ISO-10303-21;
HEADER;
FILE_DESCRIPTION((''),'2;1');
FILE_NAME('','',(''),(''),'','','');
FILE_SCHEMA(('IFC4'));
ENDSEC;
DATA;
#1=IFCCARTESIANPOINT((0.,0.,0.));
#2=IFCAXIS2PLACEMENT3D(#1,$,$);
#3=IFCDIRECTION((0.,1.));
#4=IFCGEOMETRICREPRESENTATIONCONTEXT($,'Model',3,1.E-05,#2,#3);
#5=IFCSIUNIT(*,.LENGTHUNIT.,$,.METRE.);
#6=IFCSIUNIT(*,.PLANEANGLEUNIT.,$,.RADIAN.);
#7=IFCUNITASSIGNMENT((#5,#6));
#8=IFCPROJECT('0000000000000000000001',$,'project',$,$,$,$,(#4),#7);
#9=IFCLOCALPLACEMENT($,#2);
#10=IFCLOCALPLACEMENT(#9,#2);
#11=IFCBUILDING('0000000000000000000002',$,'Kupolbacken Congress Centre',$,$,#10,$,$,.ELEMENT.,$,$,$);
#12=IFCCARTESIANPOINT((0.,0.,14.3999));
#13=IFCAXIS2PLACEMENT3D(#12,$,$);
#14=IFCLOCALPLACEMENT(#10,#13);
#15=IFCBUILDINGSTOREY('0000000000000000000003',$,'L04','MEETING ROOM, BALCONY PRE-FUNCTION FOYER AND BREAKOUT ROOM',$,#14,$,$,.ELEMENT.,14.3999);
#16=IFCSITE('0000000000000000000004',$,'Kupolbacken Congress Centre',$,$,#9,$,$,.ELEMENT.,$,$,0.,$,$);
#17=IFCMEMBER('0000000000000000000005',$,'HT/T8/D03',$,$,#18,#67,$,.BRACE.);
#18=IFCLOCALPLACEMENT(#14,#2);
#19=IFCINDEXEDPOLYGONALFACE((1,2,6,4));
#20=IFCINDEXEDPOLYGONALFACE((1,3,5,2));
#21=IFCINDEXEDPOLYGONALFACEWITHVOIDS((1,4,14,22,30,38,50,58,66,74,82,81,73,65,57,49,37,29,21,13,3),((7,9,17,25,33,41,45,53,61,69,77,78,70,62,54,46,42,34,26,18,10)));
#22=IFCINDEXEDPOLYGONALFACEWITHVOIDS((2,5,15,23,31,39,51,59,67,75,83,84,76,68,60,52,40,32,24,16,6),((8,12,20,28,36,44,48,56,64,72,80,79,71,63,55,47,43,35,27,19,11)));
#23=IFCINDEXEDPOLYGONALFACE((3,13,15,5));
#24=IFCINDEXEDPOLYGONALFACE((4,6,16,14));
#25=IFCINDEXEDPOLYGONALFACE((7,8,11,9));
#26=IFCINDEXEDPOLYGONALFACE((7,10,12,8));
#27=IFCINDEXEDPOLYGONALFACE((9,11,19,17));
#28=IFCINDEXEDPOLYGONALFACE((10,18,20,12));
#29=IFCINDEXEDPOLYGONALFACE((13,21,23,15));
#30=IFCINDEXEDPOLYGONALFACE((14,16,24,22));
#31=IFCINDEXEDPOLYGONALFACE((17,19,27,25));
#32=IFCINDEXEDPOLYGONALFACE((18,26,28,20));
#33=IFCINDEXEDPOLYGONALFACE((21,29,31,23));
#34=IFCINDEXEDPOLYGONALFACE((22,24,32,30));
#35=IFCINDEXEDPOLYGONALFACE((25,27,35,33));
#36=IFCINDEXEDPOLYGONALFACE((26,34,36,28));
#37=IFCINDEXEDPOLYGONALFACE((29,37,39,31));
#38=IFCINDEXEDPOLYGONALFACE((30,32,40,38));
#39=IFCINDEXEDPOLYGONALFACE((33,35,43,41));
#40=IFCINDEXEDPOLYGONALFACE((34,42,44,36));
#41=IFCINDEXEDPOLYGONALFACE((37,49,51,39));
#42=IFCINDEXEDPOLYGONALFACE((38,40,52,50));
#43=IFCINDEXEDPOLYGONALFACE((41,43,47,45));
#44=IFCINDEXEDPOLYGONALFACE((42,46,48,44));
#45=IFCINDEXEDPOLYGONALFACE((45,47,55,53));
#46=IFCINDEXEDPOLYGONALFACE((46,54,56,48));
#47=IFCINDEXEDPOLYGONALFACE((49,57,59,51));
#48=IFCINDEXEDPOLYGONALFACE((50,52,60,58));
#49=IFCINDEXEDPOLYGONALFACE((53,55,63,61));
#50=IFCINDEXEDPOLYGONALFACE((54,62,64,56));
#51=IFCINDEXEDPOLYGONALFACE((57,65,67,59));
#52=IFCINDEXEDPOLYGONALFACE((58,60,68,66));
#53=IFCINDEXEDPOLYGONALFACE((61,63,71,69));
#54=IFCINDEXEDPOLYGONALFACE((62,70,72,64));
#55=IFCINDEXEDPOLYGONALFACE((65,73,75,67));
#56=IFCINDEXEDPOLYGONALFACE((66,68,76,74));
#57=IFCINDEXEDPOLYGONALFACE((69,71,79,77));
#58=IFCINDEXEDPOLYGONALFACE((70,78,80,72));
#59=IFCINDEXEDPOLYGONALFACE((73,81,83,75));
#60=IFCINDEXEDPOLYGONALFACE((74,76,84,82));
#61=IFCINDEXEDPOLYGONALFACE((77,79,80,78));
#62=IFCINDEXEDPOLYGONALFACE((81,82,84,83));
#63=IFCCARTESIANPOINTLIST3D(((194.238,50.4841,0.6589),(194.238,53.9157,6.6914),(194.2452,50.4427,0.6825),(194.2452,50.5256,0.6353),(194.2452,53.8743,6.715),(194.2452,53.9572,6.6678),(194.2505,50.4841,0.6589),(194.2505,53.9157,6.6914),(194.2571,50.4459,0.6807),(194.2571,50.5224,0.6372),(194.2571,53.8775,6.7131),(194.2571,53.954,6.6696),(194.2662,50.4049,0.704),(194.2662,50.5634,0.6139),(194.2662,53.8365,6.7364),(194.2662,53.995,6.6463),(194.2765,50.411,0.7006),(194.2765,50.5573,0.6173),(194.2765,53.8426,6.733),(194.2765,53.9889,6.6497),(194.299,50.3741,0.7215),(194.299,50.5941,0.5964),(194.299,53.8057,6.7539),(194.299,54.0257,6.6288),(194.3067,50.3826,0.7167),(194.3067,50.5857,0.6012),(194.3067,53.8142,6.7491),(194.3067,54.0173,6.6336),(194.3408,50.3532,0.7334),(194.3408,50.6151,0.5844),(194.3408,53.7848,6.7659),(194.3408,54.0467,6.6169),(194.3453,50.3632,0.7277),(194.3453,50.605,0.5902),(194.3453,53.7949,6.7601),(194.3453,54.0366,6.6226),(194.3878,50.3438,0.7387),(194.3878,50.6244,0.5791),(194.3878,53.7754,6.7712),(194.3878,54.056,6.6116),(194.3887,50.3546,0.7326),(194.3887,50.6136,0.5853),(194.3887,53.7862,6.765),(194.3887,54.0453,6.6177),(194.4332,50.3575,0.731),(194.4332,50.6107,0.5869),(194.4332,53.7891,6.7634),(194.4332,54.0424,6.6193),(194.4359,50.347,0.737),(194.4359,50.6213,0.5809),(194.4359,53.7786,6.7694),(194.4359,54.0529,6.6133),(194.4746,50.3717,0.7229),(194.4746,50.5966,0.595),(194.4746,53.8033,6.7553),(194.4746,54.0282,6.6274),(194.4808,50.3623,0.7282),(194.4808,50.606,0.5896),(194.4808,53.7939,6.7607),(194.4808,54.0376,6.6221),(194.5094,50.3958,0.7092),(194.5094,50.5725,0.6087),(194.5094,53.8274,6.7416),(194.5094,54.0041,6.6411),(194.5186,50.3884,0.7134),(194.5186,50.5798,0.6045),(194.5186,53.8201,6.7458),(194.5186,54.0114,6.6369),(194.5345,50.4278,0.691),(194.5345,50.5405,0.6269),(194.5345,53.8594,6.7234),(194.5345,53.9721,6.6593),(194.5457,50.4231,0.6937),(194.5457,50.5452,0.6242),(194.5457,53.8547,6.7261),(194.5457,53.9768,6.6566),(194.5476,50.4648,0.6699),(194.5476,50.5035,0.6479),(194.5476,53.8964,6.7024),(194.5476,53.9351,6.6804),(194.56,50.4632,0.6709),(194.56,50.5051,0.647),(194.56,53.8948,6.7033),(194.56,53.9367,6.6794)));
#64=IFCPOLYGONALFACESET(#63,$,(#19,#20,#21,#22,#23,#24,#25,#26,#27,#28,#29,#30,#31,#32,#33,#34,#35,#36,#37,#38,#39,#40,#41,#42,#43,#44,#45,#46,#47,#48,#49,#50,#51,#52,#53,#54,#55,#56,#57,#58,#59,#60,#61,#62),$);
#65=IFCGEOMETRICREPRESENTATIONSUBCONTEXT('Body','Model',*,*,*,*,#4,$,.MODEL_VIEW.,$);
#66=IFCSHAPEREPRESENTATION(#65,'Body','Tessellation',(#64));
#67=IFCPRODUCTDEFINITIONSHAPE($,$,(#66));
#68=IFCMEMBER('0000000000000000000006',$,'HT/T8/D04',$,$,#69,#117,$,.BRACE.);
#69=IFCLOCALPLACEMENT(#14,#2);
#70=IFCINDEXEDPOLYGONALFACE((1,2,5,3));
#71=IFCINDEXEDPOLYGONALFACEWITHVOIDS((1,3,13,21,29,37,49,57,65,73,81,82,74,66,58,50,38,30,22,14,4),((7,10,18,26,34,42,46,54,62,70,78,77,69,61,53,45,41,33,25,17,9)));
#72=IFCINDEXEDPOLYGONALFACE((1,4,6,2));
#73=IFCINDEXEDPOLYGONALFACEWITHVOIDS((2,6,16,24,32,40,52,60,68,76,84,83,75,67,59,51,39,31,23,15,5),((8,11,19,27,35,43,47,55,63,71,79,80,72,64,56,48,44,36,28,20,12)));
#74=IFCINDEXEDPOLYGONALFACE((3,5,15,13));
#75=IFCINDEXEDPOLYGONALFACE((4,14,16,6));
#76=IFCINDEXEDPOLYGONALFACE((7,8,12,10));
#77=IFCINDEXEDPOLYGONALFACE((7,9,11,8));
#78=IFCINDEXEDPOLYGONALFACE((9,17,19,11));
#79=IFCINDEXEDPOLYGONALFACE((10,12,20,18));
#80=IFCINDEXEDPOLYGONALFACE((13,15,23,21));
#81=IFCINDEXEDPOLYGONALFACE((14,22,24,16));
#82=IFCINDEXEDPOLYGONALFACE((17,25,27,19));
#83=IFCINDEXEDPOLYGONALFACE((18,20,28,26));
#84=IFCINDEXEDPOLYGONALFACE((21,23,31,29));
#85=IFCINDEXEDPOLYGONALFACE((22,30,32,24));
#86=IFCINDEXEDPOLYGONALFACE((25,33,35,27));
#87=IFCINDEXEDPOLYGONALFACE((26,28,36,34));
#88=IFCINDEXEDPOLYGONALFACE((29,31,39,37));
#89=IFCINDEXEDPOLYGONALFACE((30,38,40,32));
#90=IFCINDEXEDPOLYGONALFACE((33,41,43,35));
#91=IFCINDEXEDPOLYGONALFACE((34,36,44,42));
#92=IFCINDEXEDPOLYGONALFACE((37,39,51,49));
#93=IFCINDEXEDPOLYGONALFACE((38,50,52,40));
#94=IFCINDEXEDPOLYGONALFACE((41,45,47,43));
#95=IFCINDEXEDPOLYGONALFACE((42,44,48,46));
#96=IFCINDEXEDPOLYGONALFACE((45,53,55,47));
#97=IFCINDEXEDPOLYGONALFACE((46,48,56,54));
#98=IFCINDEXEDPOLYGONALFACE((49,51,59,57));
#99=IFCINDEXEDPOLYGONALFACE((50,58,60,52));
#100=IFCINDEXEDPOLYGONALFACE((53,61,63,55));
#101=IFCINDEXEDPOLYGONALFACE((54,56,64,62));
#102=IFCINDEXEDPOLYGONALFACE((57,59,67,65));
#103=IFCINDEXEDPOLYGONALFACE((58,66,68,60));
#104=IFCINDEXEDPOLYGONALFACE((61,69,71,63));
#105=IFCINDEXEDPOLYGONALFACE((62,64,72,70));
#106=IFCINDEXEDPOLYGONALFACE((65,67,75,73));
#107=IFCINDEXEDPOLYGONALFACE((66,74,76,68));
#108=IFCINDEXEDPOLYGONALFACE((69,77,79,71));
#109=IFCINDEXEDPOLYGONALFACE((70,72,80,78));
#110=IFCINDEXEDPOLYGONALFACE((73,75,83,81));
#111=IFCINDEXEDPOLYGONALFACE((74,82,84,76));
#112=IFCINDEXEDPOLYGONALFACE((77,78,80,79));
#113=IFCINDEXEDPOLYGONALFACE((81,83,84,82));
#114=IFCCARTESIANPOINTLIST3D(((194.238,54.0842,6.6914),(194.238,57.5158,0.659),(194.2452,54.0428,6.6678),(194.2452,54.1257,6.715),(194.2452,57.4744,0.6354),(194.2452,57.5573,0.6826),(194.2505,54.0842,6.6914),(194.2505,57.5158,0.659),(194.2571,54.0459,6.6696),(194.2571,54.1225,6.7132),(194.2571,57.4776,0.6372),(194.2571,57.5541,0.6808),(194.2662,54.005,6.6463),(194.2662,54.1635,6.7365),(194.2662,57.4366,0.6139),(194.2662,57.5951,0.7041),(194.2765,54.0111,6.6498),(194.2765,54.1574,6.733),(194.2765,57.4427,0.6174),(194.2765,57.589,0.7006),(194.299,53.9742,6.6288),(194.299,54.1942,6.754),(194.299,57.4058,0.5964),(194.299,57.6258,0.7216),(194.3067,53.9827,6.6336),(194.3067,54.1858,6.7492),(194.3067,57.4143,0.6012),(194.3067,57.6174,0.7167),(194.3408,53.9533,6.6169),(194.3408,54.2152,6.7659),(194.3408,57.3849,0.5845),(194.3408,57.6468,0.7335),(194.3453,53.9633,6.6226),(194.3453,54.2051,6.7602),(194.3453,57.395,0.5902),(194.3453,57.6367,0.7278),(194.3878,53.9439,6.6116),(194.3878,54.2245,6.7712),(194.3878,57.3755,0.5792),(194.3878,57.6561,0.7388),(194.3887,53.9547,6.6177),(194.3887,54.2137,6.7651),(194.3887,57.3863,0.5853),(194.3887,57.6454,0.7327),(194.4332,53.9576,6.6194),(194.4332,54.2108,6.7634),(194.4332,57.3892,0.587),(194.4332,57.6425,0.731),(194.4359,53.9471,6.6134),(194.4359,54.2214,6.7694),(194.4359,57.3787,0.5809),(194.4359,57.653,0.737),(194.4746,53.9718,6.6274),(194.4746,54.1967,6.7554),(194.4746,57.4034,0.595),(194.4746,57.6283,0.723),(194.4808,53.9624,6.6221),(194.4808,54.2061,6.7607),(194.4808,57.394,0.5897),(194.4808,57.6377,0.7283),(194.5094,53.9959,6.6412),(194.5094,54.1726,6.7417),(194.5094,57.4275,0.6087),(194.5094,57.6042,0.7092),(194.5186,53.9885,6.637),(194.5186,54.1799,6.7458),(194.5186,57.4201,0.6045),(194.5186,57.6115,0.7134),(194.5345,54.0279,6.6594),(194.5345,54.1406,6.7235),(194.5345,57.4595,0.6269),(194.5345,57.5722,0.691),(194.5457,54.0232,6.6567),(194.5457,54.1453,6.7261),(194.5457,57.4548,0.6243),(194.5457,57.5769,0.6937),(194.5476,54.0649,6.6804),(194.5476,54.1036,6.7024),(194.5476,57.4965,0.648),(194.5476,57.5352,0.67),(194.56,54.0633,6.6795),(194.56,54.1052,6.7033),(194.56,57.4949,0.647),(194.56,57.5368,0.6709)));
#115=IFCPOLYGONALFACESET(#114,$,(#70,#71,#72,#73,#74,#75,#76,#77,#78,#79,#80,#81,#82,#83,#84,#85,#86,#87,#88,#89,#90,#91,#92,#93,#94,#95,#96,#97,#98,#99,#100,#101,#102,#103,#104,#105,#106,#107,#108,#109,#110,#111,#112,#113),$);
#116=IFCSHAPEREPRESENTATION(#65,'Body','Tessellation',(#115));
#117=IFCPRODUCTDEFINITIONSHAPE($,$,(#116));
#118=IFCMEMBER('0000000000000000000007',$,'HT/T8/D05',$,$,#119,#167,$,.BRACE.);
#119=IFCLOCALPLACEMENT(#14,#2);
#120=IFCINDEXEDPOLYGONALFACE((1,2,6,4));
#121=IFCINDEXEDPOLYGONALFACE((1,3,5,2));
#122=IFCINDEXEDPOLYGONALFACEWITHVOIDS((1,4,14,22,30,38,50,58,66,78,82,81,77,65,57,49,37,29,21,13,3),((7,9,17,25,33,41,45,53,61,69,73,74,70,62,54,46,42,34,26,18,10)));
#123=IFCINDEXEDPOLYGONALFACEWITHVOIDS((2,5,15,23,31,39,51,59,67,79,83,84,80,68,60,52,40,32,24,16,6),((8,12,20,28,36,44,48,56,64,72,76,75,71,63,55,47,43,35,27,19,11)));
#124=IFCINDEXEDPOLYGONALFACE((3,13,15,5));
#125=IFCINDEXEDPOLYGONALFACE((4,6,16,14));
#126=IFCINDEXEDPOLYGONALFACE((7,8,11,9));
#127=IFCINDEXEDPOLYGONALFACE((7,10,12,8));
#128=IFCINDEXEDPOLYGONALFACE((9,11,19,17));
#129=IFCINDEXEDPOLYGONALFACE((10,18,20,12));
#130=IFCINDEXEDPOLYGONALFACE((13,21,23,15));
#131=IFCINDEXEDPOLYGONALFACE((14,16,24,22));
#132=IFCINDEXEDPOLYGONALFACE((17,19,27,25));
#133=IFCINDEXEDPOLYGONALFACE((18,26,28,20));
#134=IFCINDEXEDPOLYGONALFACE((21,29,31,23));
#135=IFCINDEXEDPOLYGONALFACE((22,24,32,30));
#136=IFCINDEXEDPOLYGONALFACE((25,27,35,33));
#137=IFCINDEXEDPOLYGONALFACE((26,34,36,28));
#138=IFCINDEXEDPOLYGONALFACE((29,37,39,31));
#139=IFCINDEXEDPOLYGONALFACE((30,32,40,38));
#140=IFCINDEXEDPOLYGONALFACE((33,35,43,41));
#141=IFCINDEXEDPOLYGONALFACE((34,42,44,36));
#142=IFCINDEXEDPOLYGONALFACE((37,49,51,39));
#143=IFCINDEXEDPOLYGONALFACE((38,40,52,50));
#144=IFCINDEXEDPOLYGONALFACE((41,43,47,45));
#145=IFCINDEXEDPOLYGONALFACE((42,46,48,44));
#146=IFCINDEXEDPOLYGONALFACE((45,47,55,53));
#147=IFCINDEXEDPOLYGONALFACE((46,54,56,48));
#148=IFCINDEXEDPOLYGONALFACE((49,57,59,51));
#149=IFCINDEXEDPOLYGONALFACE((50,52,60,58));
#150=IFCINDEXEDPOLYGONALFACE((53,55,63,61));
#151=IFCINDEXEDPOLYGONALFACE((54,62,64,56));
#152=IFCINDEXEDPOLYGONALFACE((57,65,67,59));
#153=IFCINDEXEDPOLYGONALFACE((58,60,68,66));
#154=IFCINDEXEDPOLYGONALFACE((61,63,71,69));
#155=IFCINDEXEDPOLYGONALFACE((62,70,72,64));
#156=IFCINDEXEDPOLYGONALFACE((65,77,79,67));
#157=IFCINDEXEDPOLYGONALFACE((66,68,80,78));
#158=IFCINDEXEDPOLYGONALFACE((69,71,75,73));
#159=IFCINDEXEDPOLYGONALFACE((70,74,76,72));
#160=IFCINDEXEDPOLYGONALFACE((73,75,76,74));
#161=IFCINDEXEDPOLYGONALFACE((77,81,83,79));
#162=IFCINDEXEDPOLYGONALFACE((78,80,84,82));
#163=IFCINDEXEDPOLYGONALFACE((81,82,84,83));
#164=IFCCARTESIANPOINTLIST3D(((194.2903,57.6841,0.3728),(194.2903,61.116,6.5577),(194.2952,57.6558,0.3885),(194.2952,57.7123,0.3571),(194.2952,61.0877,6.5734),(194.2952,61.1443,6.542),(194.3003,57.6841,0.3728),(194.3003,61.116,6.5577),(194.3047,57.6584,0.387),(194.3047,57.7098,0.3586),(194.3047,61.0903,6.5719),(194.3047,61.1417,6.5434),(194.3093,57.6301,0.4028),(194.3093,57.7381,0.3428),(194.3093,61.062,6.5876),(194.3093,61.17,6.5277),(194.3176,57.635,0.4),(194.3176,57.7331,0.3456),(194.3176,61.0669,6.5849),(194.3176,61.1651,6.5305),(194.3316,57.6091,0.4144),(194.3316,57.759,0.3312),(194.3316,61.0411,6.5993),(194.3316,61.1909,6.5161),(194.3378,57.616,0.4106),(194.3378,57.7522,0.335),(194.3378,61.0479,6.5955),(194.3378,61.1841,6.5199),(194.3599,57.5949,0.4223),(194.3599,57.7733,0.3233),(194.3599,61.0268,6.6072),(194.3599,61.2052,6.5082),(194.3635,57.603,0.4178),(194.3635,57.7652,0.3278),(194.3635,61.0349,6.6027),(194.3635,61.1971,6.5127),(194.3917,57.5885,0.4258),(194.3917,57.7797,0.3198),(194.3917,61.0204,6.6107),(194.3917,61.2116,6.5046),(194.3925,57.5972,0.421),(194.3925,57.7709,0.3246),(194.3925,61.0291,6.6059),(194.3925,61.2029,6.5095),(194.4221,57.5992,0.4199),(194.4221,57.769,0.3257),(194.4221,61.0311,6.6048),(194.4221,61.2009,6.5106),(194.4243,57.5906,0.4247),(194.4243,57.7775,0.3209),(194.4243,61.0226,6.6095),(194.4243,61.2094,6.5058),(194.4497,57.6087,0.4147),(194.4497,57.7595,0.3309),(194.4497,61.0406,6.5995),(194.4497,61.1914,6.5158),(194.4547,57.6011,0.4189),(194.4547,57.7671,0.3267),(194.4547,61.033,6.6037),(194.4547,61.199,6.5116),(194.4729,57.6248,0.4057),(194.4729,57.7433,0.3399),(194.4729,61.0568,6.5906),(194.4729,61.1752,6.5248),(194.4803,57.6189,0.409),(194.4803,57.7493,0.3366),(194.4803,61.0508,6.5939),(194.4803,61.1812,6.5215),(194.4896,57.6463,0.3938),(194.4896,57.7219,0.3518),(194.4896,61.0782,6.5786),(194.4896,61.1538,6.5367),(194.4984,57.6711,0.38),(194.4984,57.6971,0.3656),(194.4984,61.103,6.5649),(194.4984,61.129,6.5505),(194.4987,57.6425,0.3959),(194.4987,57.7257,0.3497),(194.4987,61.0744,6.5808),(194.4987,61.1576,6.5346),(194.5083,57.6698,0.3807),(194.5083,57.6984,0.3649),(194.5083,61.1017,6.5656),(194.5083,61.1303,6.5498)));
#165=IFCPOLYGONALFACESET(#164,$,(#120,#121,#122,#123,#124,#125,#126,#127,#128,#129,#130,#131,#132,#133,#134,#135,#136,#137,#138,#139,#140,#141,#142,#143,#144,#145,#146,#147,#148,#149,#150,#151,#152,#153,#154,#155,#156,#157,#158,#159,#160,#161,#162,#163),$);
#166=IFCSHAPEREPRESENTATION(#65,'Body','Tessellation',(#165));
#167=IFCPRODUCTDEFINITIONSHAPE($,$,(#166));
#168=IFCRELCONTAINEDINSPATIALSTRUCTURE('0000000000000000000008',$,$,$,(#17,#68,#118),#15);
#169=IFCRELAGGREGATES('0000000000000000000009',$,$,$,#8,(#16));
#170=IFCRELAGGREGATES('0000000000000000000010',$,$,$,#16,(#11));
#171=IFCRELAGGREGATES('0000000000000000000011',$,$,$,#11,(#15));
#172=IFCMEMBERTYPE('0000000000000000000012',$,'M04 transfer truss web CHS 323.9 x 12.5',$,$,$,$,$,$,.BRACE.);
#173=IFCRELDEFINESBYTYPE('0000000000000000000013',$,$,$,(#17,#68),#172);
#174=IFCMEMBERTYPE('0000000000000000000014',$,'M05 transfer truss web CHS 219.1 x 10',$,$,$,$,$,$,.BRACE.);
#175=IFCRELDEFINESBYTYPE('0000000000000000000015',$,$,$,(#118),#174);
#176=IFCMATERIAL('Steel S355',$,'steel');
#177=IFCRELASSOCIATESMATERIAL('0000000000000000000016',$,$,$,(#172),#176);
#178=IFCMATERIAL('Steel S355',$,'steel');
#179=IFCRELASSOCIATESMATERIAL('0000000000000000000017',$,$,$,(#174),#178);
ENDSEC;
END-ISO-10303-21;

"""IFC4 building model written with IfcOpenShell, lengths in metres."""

from ifc_helpers import new_model, si_unit, direction, frame, origin, origin_2d, place, context, subcontext, project, spatial, hollow_circle, extrude, material, material_profile, profile_set, type_object, element, save


model = new_model("IFC4")

# Units and contexts
model_context = context("Model", 3, precision=1e-05, world=origin(), true_north=direction((0.0, 1.0)))
body_context = subcontext(model_context, "Body", "Model", "MODEL_VIEW")
ifc_project = project(units=[si_unit("LENGTHUNIT", "METRE"), si_unit("PLANEANGLEUNIT", "RADIAN")], contexts=[model_context])

# Site, building, storey
site_placement = place(None, origin())
site = spatial("IfcSite", under=ifc_project, at=site_placement, Name="Kupolbacken Congress Centre", CompositionType="ELEMENT", RefElevation=0.0)
building_placement = place(site_placement, origin())
building = spatial("IfcBuilding", under=site, at=building_placement, Name="Kupolbacken Congress Centre", CompositionType="ELEMENT")
storey_placement = place(building_placement, frame((0.0, 0.0, 14.3999)))
storey = spatial("IfcBuildingStorey", under=building, at=storey_placement, Name="L04", Description="MEETING ROOM, BALCONY PRE-FUNCTION FOYER AND BREAKOUT ROOM", CompositionType="ELEMENT", Elevation=14.3999)

# Members
ifc_material_1 = material(Name="Steel S355", Category="steel")
ifc_material_profile_1 = material_profile(ifc_material_1, hollow_circle(Radius=0.1619, WallThickness=0.0125, at=origin_2d()), Name="CHS 323.9 x 12.5")
ifc_profile_set_1 = profile_set([ifc_material_profile_1], Name="Steel S355")
member_type_1 = type_object("IfcMemberType", Name="M04 transfer truss web CHS 323.9 x 12.5", PredefinedType="BRACE", material=ifc_profile_set_1)
for number, where, z_axis, x_axis, name in (
    (1, (194.3999, 50.4841, 0.6589), (0.0, 0.494456, 0.869203), (-1.0, 0.0, 0.0), "HT/T8/D03"),
    (2, (194.3999, 54.0842, 6.6914), (0.0, 0.494456, -0.869203), (-1.0, 0.0, 0.0), "HT/T8/D04"),
):
    element("IfcMember", number, at=place(storey_placement, frame(where, z_axis=z_axis, x_axis=x_axis)), inside=storey, type_object=member_type_1, Name=name, PredefinedType="BRACE", context=body_context, shape_type="SweptSolid", body=[
        extrude(hollow_circle(Radius=0.1619, WallThickness=0.0125, at=origin_2d()), origin(), (0.0, 0.0, 1.0), 6.9402),
    ])
ifc_material_2 = material(Name="Steel S355", Category="steel")
ifc_material_profile_2 = material_profile(ifc_material_2, hollow_circle(Radius=0.1096, WallThickness=0.01, at=origin_2d()), Name="CHS 219.1 x 10")
ifc_profile_set_2 = profile_set([ifc_material_profile_2], Name="Steel S355")
member_type_2 = type_object("IfcMemberType", Name="M05 transfer truss web CHS 219.1 x 10", PredefinedType="BRACE", material=ifc_profile_set_2)
member_1_placement = place(storey_placement, frame((194.3999, 57.6841, 0.3728), z_axis=(0.0, 0.485197, 0.874405), x_axis=(-1.0, 0.0, 0.0)))
element("IfcMember", 3, at=member_1_placement, inside=storey, type_object=member_type_2, Name="HT/T8/D05", PredefinedType="BRACE", context=body_context, shape_type="SweptSolid", body=[
    extrude(hollow_circle(Radius=0.1096, WallThickness=0.01, at=origin_2d()), origin(), (0.0, 0.0, 1.0), 7.0732),
])

save(model, "model.ifc")
